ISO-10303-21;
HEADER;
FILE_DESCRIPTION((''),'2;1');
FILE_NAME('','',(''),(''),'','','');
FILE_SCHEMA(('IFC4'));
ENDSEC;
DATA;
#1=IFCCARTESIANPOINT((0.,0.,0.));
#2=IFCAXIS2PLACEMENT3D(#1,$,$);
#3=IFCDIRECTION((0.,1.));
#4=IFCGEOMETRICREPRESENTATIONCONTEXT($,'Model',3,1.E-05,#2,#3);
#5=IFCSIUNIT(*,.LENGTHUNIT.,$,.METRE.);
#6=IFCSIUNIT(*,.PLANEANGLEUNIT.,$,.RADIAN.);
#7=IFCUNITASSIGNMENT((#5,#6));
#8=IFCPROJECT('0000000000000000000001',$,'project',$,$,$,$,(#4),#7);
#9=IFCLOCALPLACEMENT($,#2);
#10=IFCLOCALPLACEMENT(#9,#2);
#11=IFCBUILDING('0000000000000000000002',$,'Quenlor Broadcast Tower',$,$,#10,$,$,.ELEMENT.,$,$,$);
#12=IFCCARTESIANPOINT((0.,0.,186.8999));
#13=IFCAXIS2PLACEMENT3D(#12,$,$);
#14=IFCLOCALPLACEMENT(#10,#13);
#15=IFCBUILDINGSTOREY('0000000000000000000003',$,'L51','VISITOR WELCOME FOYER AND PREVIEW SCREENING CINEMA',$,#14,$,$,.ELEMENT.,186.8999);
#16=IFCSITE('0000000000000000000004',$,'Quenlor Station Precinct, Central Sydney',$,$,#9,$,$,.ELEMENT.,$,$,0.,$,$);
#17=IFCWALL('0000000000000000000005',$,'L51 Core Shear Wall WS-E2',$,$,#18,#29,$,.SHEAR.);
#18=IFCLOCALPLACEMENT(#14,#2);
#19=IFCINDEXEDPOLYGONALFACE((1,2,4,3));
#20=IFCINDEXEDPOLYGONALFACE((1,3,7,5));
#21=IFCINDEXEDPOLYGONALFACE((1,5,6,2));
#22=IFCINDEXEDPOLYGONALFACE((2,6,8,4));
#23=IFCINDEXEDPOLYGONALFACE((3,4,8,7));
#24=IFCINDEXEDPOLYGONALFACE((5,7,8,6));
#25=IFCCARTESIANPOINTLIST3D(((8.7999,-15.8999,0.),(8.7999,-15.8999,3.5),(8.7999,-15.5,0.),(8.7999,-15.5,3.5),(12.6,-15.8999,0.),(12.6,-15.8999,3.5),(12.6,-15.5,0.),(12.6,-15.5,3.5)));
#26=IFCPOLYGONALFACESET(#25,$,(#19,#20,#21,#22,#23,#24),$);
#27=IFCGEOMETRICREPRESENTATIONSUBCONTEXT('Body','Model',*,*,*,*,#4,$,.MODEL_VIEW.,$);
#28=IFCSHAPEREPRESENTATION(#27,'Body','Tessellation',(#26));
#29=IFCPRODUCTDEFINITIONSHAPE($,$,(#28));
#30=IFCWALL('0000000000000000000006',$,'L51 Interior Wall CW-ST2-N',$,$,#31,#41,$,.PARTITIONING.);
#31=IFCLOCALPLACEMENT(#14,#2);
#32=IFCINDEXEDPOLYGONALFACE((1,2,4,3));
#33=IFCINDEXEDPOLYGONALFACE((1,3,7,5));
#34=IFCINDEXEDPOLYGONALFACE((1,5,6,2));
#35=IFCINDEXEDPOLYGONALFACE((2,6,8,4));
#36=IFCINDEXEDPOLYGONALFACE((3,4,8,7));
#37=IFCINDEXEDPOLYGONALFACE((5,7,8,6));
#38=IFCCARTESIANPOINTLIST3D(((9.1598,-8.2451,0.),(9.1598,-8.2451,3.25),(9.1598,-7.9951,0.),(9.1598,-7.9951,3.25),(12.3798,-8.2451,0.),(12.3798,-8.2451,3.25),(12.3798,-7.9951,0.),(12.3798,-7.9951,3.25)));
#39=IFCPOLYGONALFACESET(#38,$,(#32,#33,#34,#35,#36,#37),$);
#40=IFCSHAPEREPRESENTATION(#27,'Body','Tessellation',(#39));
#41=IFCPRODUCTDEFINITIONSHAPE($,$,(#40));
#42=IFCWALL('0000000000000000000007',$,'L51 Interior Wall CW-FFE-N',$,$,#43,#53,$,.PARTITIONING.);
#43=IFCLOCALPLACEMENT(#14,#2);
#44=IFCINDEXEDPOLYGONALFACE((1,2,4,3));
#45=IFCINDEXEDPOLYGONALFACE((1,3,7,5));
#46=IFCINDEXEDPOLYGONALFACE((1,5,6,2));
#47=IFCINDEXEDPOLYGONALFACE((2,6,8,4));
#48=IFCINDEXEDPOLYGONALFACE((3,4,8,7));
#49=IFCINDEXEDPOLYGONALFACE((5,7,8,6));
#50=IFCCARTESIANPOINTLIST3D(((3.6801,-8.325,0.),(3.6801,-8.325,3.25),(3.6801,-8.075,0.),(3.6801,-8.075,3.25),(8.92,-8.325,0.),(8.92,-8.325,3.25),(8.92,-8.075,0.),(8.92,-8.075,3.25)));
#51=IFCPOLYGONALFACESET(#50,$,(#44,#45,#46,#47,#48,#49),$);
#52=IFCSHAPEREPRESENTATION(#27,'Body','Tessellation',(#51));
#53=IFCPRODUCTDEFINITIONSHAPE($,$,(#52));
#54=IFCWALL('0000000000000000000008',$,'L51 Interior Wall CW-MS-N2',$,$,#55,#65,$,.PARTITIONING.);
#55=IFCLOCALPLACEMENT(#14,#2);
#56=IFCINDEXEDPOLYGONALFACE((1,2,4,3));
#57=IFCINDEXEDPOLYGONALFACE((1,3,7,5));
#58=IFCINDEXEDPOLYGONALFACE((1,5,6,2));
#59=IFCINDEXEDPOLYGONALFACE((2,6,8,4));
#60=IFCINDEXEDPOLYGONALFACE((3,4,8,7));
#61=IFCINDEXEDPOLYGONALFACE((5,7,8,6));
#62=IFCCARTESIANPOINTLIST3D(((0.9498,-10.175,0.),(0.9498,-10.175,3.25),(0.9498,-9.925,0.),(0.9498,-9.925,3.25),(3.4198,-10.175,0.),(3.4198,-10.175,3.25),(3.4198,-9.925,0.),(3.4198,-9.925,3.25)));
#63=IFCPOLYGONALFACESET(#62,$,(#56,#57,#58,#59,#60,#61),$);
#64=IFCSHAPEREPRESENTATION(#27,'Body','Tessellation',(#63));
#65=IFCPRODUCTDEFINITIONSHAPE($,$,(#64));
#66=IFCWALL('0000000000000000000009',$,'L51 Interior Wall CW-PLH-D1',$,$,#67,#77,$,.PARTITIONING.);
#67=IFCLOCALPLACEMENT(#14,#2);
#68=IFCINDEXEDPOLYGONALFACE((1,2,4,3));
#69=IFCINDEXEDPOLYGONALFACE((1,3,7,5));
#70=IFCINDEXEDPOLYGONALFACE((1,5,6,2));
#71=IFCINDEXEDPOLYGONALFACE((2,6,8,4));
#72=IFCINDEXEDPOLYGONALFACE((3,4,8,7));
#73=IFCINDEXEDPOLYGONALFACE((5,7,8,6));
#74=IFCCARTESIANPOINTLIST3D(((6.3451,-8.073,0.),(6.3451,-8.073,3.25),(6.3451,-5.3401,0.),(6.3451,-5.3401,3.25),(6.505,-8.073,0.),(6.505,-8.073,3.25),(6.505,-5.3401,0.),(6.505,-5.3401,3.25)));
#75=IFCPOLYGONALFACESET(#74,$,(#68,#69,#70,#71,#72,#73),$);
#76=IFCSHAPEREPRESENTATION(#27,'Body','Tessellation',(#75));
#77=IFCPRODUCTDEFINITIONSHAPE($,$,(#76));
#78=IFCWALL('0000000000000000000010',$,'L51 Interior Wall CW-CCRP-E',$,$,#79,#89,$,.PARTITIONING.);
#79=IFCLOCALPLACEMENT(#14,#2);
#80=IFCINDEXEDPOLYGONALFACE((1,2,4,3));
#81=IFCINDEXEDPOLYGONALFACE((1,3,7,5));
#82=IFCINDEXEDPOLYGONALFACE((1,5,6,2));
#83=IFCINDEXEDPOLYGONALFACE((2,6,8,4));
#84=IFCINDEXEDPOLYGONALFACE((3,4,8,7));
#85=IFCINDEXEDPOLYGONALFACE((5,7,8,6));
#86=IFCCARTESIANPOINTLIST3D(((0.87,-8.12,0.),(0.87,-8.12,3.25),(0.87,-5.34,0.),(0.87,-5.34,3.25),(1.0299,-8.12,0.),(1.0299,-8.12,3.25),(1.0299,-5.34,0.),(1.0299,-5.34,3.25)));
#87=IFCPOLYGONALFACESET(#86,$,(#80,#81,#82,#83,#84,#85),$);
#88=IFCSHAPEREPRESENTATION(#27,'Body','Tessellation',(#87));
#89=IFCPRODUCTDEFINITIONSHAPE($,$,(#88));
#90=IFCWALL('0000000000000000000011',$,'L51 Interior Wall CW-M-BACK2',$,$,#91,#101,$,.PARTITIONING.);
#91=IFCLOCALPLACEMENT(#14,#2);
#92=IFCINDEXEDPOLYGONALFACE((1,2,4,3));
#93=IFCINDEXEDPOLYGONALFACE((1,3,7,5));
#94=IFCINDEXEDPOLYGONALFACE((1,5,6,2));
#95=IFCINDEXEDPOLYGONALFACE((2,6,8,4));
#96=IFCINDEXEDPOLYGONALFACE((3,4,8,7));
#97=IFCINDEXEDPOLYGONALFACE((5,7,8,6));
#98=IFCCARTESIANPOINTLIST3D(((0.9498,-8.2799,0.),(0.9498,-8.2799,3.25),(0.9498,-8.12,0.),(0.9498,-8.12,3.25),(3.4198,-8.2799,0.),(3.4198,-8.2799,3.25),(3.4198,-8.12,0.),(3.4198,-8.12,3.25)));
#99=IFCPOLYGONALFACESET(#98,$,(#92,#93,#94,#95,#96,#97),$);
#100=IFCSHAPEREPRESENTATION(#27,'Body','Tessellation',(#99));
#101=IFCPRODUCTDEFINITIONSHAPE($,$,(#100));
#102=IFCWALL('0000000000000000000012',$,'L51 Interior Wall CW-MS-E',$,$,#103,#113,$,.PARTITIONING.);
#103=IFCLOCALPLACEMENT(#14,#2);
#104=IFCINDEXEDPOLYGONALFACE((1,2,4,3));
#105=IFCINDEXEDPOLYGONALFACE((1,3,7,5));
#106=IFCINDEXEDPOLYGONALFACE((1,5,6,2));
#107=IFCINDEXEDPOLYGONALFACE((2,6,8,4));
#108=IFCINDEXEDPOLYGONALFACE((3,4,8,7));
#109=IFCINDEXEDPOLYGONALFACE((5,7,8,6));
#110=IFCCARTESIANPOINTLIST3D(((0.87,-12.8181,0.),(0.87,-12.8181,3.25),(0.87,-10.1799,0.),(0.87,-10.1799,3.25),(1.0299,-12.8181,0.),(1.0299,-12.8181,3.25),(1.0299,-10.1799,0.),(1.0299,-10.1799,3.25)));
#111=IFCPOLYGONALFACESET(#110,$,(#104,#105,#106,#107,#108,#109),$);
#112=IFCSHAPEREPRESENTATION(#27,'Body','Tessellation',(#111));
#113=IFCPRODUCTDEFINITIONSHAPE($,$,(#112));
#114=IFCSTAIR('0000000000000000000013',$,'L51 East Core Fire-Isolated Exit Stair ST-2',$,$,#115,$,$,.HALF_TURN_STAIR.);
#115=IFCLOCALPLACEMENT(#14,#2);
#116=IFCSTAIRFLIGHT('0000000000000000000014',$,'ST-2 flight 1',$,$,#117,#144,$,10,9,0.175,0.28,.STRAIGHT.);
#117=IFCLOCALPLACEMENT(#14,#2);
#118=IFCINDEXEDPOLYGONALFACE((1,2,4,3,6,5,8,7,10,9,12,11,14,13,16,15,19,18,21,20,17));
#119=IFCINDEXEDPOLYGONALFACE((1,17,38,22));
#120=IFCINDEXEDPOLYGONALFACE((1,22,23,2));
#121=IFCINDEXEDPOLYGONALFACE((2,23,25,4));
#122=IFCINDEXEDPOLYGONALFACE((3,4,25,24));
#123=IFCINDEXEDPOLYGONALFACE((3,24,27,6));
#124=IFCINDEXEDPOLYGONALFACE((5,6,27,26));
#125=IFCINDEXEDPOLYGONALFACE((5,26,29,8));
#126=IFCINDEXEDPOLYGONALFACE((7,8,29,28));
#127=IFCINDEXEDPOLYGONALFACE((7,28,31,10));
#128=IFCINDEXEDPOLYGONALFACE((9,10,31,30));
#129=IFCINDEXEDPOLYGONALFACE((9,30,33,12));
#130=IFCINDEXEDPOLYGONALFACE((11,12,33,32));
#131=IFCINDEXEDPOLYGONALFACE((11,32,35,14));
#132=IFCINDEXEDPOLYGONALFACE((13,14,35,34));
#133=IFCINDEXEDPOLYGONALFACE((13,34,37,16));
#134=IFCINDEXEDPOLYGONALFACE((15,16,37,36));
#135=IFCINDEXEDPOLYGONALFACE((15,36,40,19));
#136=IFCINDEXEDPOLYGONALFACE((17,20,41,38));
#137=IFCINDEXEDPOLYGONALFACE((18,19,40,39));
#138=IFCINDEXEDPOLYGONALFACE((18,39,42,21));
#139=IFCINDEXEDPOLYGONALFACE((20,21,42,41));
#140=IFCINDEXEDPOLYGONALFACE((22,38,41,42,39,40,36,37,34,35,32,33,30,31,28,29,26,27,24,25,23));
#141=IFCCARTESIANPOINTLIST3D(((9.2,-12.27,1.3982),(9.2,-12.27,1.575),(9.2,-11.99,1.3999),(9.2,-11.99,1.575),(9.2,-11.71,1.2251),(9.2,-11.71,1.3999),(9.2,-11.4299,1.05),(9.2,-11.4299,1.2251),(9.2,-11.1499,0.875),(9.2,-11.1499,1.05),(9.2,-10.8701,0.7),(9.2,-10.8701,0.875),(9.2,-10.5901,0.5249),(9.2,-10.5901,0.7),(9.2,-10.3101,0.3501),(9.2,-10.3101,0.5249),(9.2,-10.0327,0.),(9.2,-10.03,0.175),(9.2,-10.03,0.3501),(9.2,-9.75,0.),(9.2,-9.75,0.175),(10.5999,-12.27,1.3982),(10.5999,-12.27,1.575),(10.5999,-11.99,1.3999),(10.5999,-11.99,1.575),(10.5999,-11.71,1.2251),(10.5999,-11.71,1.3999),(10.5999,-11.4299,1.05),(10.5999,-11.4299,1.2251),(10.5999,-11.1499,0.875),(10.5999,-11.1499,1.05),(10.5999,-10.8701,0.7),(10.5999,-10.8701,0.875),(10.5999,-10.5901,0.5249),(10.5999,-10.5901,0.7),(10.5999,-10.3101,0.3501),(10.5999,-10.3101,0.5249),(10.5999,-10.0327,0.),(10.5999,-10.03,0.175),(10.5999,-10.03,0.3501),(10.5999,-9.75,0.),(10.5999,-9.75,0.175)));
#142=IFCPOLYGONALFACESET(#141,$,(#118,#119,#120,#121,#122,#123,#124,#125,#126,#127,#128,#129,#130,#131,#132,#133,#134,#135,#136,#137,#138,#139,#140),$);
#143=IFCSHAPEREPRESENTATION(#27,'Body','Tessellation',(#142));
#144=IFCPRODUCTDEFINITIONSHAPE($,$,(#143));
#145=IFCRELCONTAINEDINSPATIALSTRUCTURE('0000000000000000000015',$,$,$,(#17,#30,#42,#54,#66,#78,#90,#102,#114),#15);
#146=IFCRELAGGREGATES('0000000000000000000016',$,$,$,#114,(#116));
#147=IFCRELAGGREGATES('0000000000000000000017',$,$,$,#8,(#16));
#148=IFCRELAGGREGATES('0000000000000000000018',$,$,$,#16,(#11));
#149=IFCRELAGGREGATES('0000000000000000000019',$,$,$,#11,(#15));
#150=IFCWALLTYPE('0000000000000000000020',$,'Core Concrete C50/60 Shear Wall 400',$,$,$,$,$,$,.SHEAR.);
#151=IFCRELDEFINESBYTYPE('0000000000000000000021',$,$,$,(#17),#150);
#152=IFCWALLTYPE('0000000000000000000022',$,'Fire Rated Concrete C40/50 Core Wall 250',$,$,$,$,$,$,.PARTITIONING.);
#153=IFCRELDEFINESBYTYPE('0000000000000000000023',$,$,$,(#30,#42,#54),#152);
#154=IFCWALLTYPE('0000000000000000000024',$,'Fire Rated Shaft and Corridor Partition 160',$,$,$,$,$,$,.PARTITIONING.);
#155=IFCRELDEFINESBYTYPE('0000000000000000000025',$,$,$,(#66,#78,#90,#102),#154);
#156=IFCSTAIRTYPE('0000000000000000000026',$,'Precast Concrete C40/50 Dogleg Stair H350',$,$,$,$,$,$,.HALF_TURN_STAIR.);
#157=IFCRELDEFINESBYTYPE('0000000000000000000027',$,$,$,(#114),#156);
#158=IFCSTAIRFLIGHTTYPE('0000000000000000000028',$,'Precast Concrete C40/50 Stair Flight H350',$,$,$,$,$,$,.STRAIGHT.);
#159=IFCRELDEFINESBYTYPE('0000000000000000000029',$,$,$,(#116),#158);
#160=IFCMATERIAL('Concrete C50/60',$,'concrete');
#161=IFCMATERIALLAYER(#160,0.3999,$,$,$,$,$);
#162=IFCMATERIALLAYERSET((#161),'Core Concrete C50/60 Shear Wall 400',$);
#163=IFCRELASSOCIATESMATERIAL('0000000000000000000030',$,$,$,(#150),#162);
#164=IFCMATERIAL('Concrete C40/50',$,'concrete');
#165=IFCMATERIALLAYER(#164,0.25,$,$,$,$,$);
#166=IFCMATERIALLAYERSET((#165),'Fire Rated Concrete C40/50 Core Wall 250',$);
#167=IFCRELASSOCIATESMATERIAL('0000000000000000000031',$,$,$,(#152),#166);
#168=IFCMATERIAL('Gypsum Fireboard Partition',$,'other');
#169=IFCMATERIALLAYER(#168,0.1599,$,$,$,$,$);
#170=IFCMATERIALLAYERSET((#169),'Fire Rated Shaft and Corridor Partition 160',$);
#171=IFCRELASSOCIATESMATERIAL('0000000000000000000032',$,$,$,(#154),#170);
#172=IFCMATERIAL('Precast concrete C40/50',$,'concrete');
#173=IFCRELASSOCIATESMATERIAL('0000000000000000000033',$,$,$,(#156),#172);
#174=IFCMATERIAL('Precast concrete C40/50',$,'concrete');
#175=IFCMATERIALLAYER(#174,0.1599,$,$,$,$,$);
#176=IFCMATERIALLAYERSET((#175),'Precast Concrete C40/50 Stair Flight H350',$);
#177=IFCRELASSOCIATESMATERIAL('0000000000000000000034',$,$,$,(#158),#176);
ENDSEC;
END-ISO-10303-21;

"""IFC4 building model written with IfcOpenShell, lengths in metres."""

from ifc_helpers import new_model, si_unit, direction, frame, frame_2d, origin, place, context, subcontext, project, spatial, polyline, rectangle, outline, extrude, material, layer, layer_set, type_object, element, aggregate, save


model = new_model("IFC4")

# Units and contexts
model_context = context("Model", 3, precision=1e-05, world=origin(), true_north=direction((0.0, 1.0)))
body_context = subcontext(model_context, "Body", "Model", "MODEL_VIEW")
ifc_project = project(units=[si_unit("LENGTHUNIT", "METRE"), si_unit("PLANEANGLEUNIT", "RADIAN")], contexts=[model_context])

# Site, building, storey
site_placement = place(None, origin())
site = spatial("IfcSite", under=ifc_project, at=site_placement, Name="Quenlor Station Precinct, Central Sydney", CompositionType="ELEMENT", RefElevation=0.0)
building_placement = place(site_placement, origin())
building = spatial("IfcBuilding", under=site, at=building_placement, Name="Quenlor Broadcast Tower", CompositionType="ELEMENT")
storey_placement = place(building_placement, frame((0.0, 0.0, 186.8999)))
storey = spatial("IfcBuildingStorey", under=building, at=storey_placement, Name="L51", Description="VISITOR WELCOME FOYER AND PREVIEW SCREENING CINEMA", CompositionType="ELEMENT", Elevation=186.8999)

# Wall
ifc_material_1 = material(Name="Concrete C50/60", Category="concrete")
ifc_layer_1 = layer(ifc_material_1, 0.3999)
ifc_layer_set_1 = layer_set([ifc_layer_1], Name="Core Concrete C50/60 Shear Wall 400")
wall_type_1 = type_object("IfcWallType", Name="Core Concrete C50/60 Shear Wall 400", PredefinedType="SHEAR", material=ifc_layer_set_1)
wall_1_placement = place(storey_placement, frame((8.8, -15.7, 0.0), z_axis=(0.0, 0.0, 1.0), x_axis=(1.0, 0.0, 0.0)))
element("IfcWall", 1, at=wall_1_placement, inside=storey, type_object=wall_type_1, Name="L51 Core Shear Wall WS-E2", PredefinedType="SHEAR", context=body_context, shape_type="SweptSolid", body=[
    extrude(rectangle(XDim=3.8, YDim=0.3999, at=frame_2d((1.8999, 0.0))), origin(), (0.0, 0.0, 1.0), 3.5),
])

# Shared definitions
ifc_material_2 = material(Name="Concrete C40/50", Category="concrete")
ifc_layer_2 = layer(ifc_material_2, 0.25)
ifc_layer_set_2 = layer_set([ifc_layer_2], Name="Fire Rated Concrete C40/50 Core Wall 250")
wall_type_2 = type_object("IfcWallType", Name="Fire Rated Concrete C40/50 Core Wall 250", PredefinedType="PARTITIONING", material=ifc_layer_set_2)

# Wall
wall_2_placement = place(storey_placement, frame((9.1599, -8.1201, 0.0), z_axis=(0.0, 0.0, 1.0), x_axis=(1.0, 0.0, 0.0)))
element("IfcWall", 2, at=wall_2_placement, inside=storey, type_object=wall_type_2, Name="L51 Interior Wall CW-ST2-N", PredefinedType="PARTITIONING", context=body_context, shape_type="SweptSolid", body=[
    extrude(rectangle(XDim=3.22, YDim=0.25, at=frame_2d((1.6099, 0.0))), origin(), (0.0, 0.0, 1.0), 3.25),
])

# Walls
wall_3_placement = place(storey_placement, frame((3.6799, -8.2, 0.0), z_axis=(0.0, 0.0, 1.0), x_axis=(1.0, 0.0, 0.0)))
element("IfcWall", 3, at=wall_3_placement, inside=storey, type_object=wall_type_2, Name="L51 Interior Wall CW-FFE-N", PredefinedType="PARTITIONING", context=body_context, shape_type="SweptSolid", body=[
    extrude(rectangle(XDim=5.24, YDim=0.25, at=frame_2d((2.6201, 0.0))), origin(), (0.0, 0.0, 1.0), 3.25),
])
wall_4_placement = place(storey_placement, frame((0.95, -10.05, 0.0), z_axis=(0.0, 0.0, 1.0), x_axis=(1.0, 0.0, 0.0)))
element("IfcWall", 4, at=wall_4_placement, inside=storey, type_object=wall_type_2, Name="L51 Interior Wall CW-MS-N2", PredefinedType="PARTITIONING", context=body_context, shape_type="SweptSolid", body=[
    extrude(rectangle(XDim=2.47, YDim=0.25, at=frame_2d((1.2349, 0.0))), origin(), (0.0, 0.0, 1.0), 3.25),
])
ifc_material_3 = material(Name="Gypsum Fireboard Partition", Category="other")
ifc_layer_3 = layer(ifc_material_3, 0.1599)
ifc_layer_set_3 = layer_set([ifc_layer_3], Name="Fire Rated Shaft and Corridor Partition 160")
wall_type_3 = type_object("IfcWallType", Name="Fire Rated Shaft and Corridor Partition 160", PredefinedType="PARTITIONING", material=ifc_layer_set_3)
wall_5_placement = place(storey_placement, frame((6.425, -8.073, 0.0), z_axis=(0.0, 0.0, 1.0), x_axis=(0.0, 1.0, 0.0)))
element("IfcWall", 5, at=wall_5_placement, inside=storey, type_object=wall_type_3, Name="L51 Interior Wall CW-PLH-D1", PredefinedType="PARTITIONING", context=body_context, shape_type="SweptSolid", body=[
    extrude(rectangle(XDim=2.7329, YDim=0.1599, at=frame_2d((1.3665, 0.0))), origin(), (0.0, 0.0, 1.0), 3.25),
])
wall_6_placement = place(storey_placement, frame((0.95, -8.1201, 0.0), z_axis=(0.0, 0.0, 1.0), x_axis=(0.0, 1.0, 0.0)))
element("IfcWall", 6, at=wall_6_placement, inside=storey, type_object=wall_type_3, Name="L51 Interior Wall CW-CCRP-E", PredefinedType="PARTITIONING", context=body_context, shape_type="SweptSolid", body=[
    extrude(rectangle(XDim=2.78, YDim=0.1599, at=frame_2d((1.3901, 0.0))), origin(), (0.0, 0.0, 1.0), 3.25),
])
wall_7_placement = place(storey_placement, frame((0.95, -8.2, 0.0), z_axis=(0.0, 0.0, 1.0), x_axis=(1.0, 0.0, 0.0)))
element("IfcWall", 7, at=wall_7_placement, inside=storey, type_object=wall_type_3, Name="L51 Interior Wall CW-M-BACK2", PredefinedType="PARTITIONING", context=body_context, shape_type="SweptSolid", body=[
    extrude(rectangle(XDim=2.47, YDim=0.1599, at=frame_2d((1.2349, 0.0))), origin(), (0.0, 0.0, 1.0), 3.25),
])
wall_8_placement = place(storey_placement, frame((0.95, -12.8181, 0.0), z_axis=(0.0, 0.0, 1.0), x_axis=(0.0, 1.0, 0.0)))
element("IfcWall", 8, at=wall_8_placement, inside=storey, type_object=wall_type_3, Name="L51 Interior Wall CW-MS-E", PredefinedType="PARTITIONING", context=body_context, shape_type="SweptSolid", body=[
    extrude(rectangle(XDim=2.6382, YDim=0.1599, at=frame_2d((1.3191, 0.0))), origin(), (0.0, 0.0, 1.0), 3.25),
])

# Stair, stair flight
ifc_material_4 = material(Name="Precast concrete C40/50", Category="concrete")
stair_type = type_object("IfcStairType", Name="Precast Concrete C40/50 Dogleg Stair H350", PredefinedType="HALF_TURN_STAIR", material=ifc_material_4)
stair_placement = place(storey_placement, origin())
stair = element("IfcStair", 9, at=stair_placement, inside=storey, type_object=stair_type, Name="L51 East Core Fire-Isolated Exit Stair ST-2", PredefinedType="HALF_TURN_STAIR")
ifc_material_5 = material(Name="Precast concrete C40/50", Category="concrete")
ifc_layer_4 = layer(ifc_material_5, 0.1599)
ifc_layer_set_4 = layer_set([ifc_layer_4], Name="Precast Concrete C40/50 Stair Flight H350")
stair_flight_type = type_object("IfcStairFlightType", Name="Precast Concrete C40/50 Stair Flight H350", PredefinedType="STRAIGHT", material=ifc_layer_set_4)
stair_flight_placement = place(storey_placement, frame((9.8999, -9.75, 0.0), z_axis=(0.0, 0.0, 1.0), x_axis=(0.0, -1.0, 0.0)))
stair_flight = element("IfcStairFlight", 10, at=stair_flight_placement, type_object=stair_flight_type, Name="ST-2 flight 1", NumberOfRisers=10, NumberOfTreads=9, PredefinedType="STRAIGHT", RiserHeight=0.175, TreadLength=0.28, context=body_context, shape_type="SweptSolid", body=[
    extrude(outline(polyline([(0.0, 0.0), (0.0, 0.175), (0.28, 0.175), (0.28, 0.3501), (0.5601, 0.3501), (0.5601, 0.5249), (0.8401, 0.5249), (0.8401, 0.7), (1.1201, 0.7), (1.1201, 0.875), (1.3999, 0.875), (1.3999, 1.05), (1.6799, 1.05), (1.6799, 1.2251), (1.96, 1.2251), (1.96, 1.3999), (2.24, 1.3999), (2.24, 1.575), (2.52, 1.575), (2.52, 1.75), (2.52, 1.3982), (0.2827, 0.0), (0.0, 0.0)])), frame((0.0, 0.7, 0.0), z_axis=(0.0, -1.0, 0.0), x_axis=(1.0, 0.0, 0.0)), (0.0, 0.0, 1.0), 1.3999),
])
aggregate(stair, [stair_flight])

save(model, "model.ifc")
